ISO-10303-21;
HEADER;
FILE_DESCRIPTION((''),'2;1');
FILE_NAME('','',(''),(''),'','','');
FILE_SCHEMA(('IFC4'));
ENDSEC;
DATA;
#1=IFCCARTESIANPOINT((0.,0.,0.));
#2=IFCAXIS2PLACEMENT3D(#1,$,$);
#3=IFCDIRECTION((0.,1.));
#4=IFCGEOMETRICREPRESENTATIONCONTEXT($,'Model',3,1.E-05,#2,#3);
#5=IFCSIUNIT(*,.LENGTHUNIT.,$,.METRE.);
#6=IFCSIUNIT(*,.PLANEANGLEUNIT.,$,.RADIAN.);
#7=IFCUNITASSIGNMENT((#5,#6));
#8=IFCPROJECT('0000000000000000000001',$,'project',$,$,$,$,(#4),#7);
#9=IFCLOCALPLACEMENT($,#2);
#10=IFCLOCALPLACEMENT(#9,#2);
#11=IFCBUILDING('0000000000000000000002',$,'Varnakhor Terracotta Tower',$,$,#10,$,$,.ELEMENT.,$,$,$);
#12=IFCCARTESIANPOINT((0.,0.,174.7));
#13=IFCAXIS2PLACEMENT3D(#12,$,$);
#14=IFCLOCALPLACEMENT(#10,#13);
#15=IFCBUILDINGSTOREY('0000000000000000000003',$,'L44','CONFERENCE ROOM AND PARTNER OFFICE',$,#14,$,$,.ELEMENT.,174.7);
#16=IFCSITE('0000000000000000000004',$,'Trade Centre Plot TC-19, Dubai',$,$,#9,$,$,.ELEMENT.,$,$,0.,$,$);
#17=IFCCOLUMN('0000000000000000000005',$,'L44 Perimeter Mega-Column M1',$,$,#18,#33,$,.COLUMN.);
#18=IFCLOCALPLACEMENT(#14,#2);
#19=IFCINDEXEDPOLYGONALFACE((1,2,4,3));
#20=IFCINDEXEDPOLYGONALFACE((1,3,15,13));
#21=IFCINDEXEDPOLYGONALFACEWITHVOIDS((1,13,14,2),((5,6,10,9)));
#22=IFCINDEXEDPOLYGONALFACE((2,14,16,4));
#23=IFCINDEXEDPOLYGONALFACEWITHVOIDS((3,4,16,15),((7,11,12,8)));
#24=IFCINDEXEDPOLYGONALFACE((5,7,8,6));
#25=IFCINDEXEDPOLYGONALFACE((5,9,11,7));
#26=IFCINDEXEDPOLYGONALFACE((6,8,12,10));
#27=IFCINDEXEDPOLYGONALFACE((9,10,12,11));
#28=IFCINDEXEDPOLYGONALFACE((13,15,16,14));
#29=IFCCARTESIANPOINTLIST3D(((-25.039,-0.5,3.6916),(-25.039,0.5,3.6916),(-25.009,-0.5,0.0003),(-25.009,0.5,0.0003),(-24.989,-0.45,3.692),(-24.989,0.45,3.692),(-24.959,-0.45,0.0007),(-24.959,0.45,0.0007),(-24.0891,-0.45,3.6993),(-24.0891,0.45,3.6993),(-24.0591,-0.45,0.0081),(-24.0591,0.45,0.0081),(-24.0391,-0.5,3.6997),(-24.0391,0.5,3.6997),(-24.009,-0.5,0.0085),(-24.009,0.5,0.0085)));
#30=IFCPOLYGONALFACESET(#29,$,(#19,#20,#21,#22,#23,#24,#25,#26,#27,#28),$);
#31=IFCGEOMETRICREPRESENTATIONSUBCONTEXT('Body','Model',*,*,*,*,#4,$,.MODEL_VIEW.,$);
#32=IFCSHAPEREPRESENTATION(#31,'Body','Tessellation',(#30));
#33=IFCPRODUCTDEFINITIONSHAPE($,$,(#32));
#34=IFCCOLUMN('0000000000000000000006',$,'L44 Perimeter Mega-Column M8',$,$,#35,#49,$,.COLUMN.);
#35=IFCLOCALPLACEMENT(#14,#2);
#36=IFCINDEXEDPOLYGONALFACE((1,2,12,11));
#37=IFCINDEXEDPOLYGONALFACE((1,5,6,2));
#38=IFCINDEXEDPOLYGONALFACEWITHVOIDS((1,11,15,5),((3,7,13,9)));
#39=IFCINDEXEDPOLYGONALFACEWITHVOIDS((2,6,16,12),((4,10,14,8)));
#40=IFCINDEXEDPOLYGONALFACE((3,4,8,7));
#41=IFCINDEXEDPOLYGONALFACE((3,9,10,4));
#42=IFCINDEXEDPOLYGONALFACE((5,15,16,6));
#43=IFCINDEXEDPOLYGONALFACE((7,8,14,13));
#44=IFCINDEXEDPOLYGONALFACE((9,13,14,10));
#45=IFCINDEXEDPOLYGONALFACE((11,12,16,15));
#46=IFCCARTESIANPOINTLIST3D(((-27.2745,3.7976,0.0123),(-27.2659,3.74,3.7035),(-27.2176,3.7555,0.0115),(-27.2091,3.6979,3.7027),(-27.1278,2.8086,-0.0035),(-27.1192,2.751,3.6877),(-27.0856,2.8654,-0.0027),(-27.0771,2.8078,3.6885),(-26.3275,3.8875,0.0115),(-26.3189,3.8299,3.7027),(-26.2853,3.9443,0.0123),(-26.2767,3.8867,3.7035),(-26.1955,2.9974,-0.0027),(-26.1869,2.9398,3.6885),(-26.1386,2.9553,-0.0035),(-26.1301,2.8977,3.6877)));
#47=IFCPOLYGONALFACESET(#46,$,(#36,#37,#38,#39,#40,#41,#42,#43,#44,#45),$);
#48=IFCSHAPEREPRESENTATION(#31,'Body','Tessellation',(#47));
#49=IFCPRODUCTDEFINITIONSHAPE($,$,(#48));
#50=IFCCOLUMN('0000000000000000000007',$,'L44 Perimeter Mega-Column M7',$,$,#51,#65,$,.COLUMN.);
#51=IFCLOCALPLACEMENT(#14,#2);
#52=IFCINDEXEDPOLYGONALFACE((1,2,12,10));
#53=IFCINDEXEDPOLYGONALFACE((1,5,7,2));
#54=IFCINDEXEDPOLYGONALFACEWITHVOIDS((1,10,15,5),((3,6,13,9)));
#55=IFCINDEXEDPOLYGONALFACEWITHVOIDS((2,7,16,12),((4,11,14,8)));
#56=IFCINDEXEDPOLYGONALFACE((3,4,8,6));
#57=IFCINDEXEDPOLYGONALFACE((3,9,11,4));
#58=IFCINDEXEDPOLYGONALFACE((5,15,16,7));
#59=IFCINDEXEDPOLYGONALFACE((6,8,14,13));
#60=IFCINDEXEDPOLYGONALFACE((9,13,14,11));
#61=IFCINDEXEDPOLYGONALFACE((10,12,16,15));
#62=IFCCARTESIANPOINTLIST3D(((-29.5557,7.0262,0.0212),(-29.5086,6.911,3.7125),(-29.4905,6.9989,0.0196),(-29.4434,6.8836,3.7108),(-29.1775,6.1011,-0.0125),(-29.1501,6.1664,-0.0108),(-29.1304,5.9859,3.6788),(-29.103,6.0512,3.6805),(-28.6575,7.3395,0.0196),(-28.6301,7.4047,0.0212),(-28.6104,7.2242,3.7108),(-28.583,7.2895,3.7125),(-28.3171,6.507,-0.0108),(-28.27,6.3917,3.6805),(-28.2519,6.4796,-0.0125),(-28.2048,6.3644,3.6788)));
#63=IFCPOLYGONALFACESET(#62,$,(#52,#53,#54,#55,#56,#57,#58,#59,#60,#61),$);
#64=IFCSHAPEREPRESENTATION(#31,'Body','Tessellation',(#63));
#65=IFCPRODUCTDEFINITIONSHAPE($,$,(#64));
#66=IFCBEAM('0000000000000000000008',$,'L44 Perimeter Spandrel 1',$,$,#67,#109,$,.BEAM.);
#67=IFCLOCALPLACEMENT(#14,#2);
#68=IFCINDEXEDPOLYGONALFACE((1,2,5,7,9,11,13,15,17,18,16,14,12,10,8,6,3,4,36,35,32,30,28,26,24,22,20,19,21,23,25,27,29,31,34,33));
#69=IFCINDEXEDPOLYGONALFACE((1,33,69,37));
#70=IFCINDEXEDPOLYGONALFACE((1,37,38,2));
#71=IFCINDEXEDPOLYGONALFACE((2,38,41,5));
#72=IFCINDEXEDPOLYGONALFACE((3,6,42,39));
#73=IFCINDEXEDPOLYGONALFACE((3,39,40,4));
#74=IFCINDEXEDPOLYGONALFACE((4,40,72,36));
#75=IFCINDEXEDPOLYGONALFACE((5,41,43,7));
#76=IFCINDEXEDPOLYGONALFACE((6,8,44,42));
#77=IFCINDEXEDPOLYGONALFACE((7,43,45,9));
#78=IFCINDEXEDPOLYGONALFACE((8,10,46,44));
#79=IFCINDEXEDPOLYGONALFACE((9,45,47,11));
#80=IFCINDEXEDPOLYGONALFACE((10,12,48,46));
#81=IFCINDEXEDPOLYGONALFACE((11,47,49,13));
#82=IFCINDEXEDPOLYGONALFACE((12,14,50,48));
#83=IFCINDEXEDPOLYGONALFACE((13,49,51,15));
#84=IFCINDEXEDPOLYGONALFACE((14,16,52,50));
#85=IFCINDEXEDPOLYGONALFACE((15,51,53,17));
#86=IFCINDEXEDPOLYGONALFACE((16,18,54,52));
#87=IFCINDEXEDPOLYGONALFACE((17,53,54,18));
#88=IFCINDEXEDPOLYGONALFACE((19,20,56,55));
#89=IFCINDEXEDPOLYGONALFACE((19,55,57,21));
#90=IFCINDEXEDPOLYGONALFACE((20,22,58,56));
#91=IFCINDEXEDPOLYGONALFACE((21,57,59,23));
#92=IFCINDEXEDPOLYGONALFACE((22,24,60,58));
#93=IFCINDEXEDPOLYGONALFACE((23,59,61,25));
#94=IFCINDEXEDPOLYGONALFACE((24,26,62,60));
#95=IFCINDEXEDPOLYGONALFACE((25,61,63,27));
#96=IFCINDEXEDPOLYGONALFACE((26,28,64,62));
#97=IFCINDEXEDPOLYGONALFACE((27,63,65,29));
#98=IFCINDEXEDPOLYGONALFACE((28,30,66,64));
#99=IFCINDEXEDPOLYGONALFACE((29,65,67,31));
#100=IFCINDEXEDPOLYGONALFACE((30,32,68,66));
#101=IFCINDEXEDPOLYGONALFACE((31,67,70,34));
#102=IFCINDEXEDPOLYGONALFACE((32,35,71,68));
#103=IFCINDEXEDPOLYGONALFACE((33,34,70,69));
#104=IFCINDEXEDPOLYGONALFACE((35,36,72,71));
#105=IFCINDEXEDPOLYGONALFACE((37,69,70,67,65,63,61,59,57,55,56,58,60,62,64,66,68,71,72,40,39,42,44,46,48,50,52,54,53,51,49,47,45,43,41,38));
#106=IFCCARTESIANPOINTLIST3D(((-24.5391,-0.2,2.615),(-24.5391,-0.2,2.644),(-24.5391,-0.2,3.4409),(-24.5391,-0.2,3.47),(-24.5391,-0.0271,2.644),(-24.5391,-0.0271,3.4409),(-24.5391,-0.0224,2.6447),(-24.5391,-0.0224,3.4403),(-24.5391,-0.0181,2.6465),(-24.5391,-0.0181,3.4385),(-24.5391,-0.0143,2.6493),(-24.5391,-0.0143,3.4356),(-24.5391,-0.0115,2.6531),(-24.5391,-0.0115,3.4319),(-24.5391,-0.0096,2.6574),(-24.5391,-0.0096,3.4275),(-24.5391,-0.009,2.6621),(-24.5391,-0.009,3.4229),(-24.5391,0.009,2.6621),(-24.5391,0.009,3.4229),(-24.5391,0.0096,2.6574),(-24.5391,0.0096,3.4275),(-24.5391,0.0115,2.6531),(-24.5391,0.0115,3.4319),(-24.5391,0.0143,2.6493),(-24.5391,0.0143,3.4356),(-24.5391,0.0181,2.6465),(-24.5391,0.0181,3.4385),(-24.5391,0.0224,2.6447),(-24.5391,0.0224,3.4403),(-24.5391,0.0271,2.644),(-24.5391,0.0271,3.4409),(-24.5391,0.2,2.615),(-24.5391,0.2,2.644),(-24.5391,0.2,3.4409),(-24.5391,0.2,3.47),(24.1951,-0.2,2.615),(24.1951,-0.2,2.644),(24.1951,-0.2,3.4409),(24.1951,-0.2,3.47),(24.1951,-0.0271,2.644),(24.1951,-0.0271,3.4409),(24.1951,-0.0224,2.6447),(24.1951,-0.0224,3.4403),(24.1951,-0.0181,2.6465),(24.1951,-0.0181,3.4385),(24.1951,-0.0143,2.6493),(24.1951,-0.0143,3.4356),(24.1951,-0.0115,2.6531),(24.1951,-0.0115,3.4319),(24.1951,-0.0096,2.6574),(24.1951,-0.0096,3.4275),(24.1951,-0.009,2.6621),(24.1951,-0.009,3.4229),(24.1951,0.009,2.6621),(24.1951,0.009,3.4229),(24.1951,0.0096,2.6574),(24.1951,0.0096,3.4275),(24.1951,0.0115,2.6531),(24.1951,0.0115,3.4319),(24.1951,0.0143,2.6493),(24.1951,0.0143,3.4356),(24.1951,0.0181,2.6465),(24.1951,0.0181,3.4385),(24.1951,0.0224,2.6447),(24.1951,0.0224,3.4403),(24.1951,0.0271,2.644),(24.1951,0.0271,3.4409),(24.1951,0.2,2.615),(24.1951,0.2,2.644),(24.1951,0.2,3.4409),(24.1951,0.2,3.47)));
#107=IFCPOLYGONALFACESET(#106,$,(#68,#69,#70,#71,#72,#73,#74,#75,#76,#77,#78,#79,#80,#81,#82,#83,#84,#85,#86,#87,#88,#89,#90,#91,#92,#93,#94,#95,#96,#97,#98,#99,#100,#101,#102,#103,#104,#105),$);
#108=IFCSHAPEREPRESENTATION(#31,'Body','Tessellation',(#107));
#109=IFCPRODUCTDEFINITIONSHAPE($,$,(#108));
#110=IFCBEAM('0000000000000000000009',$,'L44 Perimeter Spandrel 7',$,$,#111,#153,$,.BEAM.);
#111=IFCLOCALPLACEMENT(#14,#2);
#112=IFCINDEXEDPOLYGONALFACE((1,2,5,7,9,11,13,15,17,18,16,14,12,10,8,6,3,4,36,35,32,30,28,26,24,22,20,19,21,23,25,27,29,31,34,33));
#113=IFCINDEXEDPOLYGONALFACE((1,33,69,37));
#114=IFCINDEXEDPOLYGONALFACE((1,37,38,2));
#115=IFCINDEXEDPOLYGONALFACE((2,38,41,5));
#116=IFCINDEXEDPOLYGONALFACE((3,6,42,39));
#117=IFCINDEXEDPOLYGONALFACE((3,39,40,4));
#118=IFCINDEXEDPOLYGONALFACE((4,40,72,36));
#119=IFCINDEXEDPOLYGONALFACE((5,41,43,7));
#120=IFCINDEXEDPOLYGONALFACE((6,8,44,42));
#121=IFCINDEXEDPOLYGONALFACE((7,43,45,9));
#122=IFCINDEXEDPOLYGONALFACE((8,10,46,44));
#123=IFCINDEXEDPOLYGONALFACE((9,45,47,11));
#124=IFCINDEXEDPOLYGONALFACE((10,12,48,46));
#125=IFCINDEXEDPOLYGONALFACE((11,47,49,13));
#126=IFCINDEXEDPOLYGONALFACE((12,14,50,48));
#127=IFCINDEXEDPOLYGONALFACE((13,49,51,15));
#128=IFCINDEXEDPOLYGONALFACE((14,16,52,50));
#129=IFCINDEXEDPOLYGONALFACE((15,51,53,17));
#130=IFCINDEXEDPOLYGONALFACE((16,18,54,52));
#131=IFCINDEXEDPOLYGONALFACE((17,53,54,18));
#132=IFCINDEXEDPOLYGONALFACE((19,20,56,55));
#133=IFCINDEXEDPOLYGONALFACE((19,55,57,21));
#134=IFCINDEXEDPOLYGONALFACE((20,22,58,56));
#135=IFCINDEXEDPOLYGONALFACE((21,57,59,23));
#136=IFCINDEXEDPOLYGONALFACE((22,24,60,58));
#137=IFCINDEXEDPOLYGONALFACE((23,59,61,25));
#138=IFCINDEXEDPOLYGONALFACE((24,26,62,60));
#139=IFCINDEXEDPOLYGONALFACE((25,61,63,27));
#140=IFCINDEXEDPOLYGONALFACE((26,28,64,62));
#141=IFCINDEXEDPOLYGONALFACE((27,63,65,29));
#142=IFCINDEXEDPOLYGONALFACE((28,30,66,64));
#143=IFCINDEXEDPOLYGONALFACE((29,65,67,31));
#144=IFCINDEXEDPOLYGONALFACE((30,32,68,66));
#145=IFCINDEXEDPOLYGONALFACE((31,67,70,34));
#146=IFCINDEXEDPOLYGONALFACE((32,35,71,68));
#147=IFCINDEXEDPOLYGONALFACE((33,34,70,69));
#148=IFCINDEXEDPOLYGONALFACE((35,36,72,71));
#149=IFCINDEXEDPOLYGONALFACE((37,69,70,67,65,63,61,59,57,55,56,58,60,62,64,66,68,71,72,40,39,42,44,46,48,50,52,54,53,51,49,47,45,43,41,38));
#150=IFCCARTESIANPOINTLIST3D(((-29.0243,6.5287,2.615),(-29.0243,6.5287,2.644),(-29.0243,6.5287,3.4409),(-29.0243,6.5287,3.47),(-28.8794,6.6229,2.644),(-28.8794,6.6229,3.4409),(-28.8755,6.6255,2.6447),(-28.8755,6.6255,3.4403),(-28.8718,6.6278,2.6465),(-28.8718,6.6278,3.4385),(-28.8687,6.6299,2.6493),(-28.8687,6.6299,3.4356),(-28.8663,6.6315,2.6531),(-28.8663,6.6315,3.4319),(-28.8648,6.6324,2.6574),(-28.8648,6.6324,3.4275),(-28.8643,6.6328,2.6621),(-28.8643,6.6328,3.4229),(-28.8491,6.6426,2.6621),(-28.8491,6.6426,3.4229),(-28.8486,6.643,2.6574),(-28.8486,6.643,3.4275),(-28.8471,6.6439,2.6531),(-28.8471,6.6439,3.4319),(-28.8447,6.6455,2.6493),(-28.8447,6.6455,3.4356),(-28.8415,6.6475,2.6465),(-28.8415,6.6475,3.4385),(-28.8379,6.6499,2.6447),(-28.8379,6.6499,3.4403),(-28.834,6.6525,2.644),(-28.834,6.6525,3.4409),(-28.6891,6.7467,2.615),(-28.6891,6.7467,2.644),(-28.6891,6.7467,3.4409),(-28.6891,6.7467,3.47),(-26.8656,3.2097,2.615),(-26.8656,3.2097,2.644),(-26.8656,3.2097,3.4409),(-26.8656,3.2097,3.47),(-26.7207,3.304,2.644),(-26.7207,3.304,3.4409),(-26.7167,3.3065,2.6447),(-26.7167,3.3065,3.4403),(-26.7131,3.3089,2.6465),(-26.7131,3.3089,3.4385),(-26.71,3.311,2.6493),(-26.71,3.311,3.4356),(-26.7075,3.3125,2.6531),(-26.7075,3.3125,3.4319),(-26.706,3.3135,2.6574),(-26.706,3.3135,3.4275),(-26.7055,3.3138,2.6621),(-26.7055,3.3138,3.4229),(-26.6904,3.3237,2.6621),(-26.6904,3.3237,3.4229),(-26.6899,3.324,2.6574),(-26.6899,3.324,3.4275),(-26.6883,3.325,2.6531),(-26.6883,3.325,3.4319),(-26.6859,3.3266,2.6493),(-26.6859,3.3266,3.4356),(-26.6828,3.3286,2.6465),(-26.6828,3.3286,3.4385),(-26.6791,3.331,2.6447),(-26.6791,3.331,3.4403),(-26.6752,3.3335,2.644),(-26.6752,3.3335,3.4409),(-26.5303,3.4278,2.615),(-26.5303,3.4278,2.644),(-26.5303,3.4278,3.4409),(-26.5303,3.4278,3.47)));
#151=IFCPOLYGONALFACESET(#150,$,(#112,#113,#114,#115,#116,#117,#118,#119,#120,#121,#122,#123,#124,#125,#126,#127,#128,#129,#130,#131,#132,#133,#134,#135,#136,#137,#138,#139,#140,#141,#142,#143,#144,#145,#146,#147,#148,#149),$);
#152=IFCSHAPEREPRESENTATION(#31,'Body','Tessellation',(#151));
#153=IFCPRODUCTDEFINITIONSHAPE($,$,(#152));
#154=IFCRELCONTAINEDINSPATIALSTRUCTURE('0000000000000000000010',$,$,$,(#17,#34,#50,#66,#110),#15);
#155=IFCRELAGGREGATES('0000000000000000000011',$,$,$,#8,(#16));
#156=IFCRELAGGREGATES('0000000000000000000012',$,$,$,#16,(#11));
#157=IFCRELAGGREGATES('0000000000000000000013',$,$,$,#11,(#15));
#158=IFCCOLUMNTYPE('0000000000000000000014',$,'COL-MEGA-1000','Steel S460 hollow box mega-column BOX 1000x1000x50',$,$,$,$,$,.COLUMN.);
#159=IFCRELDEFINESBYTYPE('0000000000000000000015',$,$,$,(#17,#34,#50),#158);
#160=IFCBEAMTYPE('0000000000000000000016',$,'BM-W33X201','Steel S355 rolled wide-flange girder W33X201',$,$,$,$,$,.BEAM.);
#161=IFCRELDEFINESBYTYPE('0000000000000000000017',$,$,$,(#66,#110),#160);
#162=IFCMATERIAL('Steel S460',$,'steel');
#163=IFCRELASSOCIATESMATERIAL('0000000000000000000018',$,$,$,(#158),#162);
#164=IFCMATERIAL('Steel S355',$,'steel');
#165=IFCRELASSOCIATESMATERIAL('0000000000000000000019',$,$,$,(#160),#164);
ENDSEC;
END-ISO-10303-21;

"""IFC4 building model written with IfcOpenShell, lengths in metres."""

from ifc_helpers import new_model, si_unit, direction, frame, origin, origin_2d, place, context, subcontext, project, spatial, hollow_rectangle, i_section, extrude, source, transform, mapped, material, material_profile, profile_set, type_object, type_shapes, element, save


model = new_model("IFC4")

# Units and contexts
model_context = context("Model", 3, precision=1e-05, world=origin(), true_north=direction((0.0, 1.0)))
body_context = subcontext(model_context, "Body", "Model", "MODEL_VIEW")
ifc_project = project(units=[si_unit("LENGTHUNIT", "METRE"), si_unit("PLANEANGLEUNIT", "RADIAN")], contexts=[model_context])

# Site, building, storey
site_placement = place(None, origin())
site = spatial("IfcSite", under=ifc_project, at=site_placement, Name="Trade Centre Plot TC-19, Dubai", CompositionType="ELEMENT", RefElevation=0.0)
building_placement = place(site_placement, origin())
building = spatial("IfcBuilding", under=site, at=building_placement, Name="Varnakhor Terracotta Tower", CompositionType="ELEMENT")
storey_placement = place(building_placement, frame((0.0, 0.0, 174.7)))
storey = spatial("IfcBuildingStorey", under=building, at=storey_placement, Name="L44", Description="CONFERENCE ROOM AND PARTNER OFFICE", CompositionType="ELEMENT", Elevation=174.7)

# Columns
ifc_material_1 = material(Name="Steel S460", Category="steel")
ifc_material_profile_1 = material_profile(ifc_material_1, hollow_rectangle(XDim=1.0, YDim=1.0, WallThickness=0.05, at=origin_2d()), Name="BOX 1000x1000x50")
ifc_profile_set_1 = profile_set([ifc_material_profile_1], Name="Steel S460")
column_type = type_object("IfcColumnType", Name="COL-MEGA-1000", Description="Steel S460 hollow box mega-column BOX 1000x1000x50", PredefinedType="COLUMN", material=ifc_profile_set_1)
shared_shape_1 = source(origin(), body_context, "Body", "SweptSolid", [
    extrude(hollow_rectangle(XDim=1.0, YDim=1.0, WallThickness=0.05, at=origin_2d()), origin(), (0.0, 0.0, 1.0), 3.6914),
])
type_shapes(column_type, [shared_shape_1])
column_1_placement = place(storey_placement, frame((-24.509, 0.0, 0.0044), z_axis=(-0.008135, 0.0, 0.999967), x_axis=(0.0, -1.0, 0.0)))
element("IfcColumn", 1, at=column_1_placement, inside=storey, type_object=column_type, Name="L44 Perimeter Mega-Column M1", PredefinedType="COLUMN", context=body_context, shape_type="MappedRepresentation", body=[
    mapped(shared_shape_1, transform((0.0, 0.0, 0.0), scale=1.0)),
])
shared_shape_2 = source(origin(), body_context, "Body", "SweptSolid", [
    extrude(hollow_rectangle(XDim=1.0, YDim=1.0, WallThickness=0.05, at=origin_2d()), origin(), (0.0, 0.0, 1.0), 3.6917),
])
column_2_placement = place(storey_placement, frame((-26.7065, 3.3765, 0.0044), z_axis=(0.002315, -0.015608, 0.999876), x_axis=(0.989181, 0.146701, 0.0)))
element("IfcColumn", 2, at=column_2_placement, inside=storey, type_object=column_type, Name="L44 Perimeter Mega-Column M8", PredefinedType="COLUMN", context=body_context, shape_type="MappedRepresentation", body=[
    mapped(shared_shape_2, transform((0.0, 0.0, 0.0), scale=1.0)),
])
shared_shape_3 = source(origin(), body_context, "Body", "SweptSolid", [
    extrude(hollow_rectangle(XDim=1.0, YDim=1.0, WallThickness=0.05, at=origin_2d()), origin(), (0.0, 0.0, 1.0), 3.6934),
])
column_3_placement = place(storey_placement, frame((-28.9038, 6.7529, 0.0044), z_axis=(0.012758, -0.031201, 0.999432), x_axis=(0.925609, 0.37848, 0.0)))
element("IfcColumn", 3, at=column_3_placement, inside=storey, type_object=column_type, Name="L44 Perimeter Mega-Column M7", PredefinedType="COLUMN", context=body_context, shape_type="MappedRepresentation", body=[
    mapped(shared_shape_3, transform((0.0, 0.0, 0.0), scale=1.0)),
])

# Beams
ifc_material_2 = material(Name="Steel S355", Category="steel")
ifc_material_profile_2 = material_profile(ifc_material_2, i_section(OverallWidth=0.3999, OverallDepth=0.855, WebThickness=0.0181, FlangeThickness=0.0291, FilletRadius=0.0181, at=origin_2d()), Name="W33X201")
ifc_profile_set_2 = profile_set([ifc_material_profile_2], Name="Steel S355")
beam_type_1 = type_object("IfcBeamType", Name="BM-W33X201", Description="Steel S355 rolled wide-flange girder W33X201", PredefinedType="BEAM", material=ifc_profile_set_2)
shared_shape_4 = source(origin(), body_context, "Body", "SweptSolid", [
    extrude(i_section(OverallWidth=0.3999, OverallDepth=0.855, WebThickness=0.0181, FlangeThickness=0.0291, FilletRadius=0.0181, at=origin_2d()), origin(), (0.0, 0.0, 1.0), 48.7341),
])
beam_1_placement = place(storey_placement, frame((-24.5391, 0.0, 3.0425), z_axis=(1.0, 0.0, 0.0), x_axis=(0.0, 1.0, 0.0)))
element("IfcBeam", 4, at=beam_1_placement, inside=storey, type_object=beam_type_1, Name="L44 Perimeter Spandrel 1", PredefinedType="BEAM", context=body_context, shape_type="MappedRepresentation", body=[
    mapped(shared_shape_4, transform((0.0, 0.0, 0.0), scale=1.0)),
])
shared_shape_5 = source(origin(), body_context, "Body", "SweptSolid", [
    extrude(i_section(OverallWidth=0.3999, OverallDepth=0.855, WebThickness=0.0181, FlangeThickness=0.0291, FilletRadius=0.0181, at=origin_2d()), origin(), (0.0, 0.0, 1.0), 3.9592),
])
for number, where, z_axis, x_axis, name in (
    (5, (-28.8567, 6.6377, 3.0425), (0.545244, -0.838277, 0.0), (0.838277, 0.545244, 0.0), "L44 Perimeter Spandrel 7"),
):
    element("IfcBeam", number, at=place(storey_placement, frame(where, z_axis=z_axis, x_axis=x_axis)), inside=storey, type_object=beam_type_1, Name=name, PredefinedType="BEAM", context=body_context, shape_type="MappedRepresentation", body=[
        mapped(shared_shape_5, transform((0.0, 0.0, 0.0), scale=1.0)),
    ])

save(model, "model.ifc")
